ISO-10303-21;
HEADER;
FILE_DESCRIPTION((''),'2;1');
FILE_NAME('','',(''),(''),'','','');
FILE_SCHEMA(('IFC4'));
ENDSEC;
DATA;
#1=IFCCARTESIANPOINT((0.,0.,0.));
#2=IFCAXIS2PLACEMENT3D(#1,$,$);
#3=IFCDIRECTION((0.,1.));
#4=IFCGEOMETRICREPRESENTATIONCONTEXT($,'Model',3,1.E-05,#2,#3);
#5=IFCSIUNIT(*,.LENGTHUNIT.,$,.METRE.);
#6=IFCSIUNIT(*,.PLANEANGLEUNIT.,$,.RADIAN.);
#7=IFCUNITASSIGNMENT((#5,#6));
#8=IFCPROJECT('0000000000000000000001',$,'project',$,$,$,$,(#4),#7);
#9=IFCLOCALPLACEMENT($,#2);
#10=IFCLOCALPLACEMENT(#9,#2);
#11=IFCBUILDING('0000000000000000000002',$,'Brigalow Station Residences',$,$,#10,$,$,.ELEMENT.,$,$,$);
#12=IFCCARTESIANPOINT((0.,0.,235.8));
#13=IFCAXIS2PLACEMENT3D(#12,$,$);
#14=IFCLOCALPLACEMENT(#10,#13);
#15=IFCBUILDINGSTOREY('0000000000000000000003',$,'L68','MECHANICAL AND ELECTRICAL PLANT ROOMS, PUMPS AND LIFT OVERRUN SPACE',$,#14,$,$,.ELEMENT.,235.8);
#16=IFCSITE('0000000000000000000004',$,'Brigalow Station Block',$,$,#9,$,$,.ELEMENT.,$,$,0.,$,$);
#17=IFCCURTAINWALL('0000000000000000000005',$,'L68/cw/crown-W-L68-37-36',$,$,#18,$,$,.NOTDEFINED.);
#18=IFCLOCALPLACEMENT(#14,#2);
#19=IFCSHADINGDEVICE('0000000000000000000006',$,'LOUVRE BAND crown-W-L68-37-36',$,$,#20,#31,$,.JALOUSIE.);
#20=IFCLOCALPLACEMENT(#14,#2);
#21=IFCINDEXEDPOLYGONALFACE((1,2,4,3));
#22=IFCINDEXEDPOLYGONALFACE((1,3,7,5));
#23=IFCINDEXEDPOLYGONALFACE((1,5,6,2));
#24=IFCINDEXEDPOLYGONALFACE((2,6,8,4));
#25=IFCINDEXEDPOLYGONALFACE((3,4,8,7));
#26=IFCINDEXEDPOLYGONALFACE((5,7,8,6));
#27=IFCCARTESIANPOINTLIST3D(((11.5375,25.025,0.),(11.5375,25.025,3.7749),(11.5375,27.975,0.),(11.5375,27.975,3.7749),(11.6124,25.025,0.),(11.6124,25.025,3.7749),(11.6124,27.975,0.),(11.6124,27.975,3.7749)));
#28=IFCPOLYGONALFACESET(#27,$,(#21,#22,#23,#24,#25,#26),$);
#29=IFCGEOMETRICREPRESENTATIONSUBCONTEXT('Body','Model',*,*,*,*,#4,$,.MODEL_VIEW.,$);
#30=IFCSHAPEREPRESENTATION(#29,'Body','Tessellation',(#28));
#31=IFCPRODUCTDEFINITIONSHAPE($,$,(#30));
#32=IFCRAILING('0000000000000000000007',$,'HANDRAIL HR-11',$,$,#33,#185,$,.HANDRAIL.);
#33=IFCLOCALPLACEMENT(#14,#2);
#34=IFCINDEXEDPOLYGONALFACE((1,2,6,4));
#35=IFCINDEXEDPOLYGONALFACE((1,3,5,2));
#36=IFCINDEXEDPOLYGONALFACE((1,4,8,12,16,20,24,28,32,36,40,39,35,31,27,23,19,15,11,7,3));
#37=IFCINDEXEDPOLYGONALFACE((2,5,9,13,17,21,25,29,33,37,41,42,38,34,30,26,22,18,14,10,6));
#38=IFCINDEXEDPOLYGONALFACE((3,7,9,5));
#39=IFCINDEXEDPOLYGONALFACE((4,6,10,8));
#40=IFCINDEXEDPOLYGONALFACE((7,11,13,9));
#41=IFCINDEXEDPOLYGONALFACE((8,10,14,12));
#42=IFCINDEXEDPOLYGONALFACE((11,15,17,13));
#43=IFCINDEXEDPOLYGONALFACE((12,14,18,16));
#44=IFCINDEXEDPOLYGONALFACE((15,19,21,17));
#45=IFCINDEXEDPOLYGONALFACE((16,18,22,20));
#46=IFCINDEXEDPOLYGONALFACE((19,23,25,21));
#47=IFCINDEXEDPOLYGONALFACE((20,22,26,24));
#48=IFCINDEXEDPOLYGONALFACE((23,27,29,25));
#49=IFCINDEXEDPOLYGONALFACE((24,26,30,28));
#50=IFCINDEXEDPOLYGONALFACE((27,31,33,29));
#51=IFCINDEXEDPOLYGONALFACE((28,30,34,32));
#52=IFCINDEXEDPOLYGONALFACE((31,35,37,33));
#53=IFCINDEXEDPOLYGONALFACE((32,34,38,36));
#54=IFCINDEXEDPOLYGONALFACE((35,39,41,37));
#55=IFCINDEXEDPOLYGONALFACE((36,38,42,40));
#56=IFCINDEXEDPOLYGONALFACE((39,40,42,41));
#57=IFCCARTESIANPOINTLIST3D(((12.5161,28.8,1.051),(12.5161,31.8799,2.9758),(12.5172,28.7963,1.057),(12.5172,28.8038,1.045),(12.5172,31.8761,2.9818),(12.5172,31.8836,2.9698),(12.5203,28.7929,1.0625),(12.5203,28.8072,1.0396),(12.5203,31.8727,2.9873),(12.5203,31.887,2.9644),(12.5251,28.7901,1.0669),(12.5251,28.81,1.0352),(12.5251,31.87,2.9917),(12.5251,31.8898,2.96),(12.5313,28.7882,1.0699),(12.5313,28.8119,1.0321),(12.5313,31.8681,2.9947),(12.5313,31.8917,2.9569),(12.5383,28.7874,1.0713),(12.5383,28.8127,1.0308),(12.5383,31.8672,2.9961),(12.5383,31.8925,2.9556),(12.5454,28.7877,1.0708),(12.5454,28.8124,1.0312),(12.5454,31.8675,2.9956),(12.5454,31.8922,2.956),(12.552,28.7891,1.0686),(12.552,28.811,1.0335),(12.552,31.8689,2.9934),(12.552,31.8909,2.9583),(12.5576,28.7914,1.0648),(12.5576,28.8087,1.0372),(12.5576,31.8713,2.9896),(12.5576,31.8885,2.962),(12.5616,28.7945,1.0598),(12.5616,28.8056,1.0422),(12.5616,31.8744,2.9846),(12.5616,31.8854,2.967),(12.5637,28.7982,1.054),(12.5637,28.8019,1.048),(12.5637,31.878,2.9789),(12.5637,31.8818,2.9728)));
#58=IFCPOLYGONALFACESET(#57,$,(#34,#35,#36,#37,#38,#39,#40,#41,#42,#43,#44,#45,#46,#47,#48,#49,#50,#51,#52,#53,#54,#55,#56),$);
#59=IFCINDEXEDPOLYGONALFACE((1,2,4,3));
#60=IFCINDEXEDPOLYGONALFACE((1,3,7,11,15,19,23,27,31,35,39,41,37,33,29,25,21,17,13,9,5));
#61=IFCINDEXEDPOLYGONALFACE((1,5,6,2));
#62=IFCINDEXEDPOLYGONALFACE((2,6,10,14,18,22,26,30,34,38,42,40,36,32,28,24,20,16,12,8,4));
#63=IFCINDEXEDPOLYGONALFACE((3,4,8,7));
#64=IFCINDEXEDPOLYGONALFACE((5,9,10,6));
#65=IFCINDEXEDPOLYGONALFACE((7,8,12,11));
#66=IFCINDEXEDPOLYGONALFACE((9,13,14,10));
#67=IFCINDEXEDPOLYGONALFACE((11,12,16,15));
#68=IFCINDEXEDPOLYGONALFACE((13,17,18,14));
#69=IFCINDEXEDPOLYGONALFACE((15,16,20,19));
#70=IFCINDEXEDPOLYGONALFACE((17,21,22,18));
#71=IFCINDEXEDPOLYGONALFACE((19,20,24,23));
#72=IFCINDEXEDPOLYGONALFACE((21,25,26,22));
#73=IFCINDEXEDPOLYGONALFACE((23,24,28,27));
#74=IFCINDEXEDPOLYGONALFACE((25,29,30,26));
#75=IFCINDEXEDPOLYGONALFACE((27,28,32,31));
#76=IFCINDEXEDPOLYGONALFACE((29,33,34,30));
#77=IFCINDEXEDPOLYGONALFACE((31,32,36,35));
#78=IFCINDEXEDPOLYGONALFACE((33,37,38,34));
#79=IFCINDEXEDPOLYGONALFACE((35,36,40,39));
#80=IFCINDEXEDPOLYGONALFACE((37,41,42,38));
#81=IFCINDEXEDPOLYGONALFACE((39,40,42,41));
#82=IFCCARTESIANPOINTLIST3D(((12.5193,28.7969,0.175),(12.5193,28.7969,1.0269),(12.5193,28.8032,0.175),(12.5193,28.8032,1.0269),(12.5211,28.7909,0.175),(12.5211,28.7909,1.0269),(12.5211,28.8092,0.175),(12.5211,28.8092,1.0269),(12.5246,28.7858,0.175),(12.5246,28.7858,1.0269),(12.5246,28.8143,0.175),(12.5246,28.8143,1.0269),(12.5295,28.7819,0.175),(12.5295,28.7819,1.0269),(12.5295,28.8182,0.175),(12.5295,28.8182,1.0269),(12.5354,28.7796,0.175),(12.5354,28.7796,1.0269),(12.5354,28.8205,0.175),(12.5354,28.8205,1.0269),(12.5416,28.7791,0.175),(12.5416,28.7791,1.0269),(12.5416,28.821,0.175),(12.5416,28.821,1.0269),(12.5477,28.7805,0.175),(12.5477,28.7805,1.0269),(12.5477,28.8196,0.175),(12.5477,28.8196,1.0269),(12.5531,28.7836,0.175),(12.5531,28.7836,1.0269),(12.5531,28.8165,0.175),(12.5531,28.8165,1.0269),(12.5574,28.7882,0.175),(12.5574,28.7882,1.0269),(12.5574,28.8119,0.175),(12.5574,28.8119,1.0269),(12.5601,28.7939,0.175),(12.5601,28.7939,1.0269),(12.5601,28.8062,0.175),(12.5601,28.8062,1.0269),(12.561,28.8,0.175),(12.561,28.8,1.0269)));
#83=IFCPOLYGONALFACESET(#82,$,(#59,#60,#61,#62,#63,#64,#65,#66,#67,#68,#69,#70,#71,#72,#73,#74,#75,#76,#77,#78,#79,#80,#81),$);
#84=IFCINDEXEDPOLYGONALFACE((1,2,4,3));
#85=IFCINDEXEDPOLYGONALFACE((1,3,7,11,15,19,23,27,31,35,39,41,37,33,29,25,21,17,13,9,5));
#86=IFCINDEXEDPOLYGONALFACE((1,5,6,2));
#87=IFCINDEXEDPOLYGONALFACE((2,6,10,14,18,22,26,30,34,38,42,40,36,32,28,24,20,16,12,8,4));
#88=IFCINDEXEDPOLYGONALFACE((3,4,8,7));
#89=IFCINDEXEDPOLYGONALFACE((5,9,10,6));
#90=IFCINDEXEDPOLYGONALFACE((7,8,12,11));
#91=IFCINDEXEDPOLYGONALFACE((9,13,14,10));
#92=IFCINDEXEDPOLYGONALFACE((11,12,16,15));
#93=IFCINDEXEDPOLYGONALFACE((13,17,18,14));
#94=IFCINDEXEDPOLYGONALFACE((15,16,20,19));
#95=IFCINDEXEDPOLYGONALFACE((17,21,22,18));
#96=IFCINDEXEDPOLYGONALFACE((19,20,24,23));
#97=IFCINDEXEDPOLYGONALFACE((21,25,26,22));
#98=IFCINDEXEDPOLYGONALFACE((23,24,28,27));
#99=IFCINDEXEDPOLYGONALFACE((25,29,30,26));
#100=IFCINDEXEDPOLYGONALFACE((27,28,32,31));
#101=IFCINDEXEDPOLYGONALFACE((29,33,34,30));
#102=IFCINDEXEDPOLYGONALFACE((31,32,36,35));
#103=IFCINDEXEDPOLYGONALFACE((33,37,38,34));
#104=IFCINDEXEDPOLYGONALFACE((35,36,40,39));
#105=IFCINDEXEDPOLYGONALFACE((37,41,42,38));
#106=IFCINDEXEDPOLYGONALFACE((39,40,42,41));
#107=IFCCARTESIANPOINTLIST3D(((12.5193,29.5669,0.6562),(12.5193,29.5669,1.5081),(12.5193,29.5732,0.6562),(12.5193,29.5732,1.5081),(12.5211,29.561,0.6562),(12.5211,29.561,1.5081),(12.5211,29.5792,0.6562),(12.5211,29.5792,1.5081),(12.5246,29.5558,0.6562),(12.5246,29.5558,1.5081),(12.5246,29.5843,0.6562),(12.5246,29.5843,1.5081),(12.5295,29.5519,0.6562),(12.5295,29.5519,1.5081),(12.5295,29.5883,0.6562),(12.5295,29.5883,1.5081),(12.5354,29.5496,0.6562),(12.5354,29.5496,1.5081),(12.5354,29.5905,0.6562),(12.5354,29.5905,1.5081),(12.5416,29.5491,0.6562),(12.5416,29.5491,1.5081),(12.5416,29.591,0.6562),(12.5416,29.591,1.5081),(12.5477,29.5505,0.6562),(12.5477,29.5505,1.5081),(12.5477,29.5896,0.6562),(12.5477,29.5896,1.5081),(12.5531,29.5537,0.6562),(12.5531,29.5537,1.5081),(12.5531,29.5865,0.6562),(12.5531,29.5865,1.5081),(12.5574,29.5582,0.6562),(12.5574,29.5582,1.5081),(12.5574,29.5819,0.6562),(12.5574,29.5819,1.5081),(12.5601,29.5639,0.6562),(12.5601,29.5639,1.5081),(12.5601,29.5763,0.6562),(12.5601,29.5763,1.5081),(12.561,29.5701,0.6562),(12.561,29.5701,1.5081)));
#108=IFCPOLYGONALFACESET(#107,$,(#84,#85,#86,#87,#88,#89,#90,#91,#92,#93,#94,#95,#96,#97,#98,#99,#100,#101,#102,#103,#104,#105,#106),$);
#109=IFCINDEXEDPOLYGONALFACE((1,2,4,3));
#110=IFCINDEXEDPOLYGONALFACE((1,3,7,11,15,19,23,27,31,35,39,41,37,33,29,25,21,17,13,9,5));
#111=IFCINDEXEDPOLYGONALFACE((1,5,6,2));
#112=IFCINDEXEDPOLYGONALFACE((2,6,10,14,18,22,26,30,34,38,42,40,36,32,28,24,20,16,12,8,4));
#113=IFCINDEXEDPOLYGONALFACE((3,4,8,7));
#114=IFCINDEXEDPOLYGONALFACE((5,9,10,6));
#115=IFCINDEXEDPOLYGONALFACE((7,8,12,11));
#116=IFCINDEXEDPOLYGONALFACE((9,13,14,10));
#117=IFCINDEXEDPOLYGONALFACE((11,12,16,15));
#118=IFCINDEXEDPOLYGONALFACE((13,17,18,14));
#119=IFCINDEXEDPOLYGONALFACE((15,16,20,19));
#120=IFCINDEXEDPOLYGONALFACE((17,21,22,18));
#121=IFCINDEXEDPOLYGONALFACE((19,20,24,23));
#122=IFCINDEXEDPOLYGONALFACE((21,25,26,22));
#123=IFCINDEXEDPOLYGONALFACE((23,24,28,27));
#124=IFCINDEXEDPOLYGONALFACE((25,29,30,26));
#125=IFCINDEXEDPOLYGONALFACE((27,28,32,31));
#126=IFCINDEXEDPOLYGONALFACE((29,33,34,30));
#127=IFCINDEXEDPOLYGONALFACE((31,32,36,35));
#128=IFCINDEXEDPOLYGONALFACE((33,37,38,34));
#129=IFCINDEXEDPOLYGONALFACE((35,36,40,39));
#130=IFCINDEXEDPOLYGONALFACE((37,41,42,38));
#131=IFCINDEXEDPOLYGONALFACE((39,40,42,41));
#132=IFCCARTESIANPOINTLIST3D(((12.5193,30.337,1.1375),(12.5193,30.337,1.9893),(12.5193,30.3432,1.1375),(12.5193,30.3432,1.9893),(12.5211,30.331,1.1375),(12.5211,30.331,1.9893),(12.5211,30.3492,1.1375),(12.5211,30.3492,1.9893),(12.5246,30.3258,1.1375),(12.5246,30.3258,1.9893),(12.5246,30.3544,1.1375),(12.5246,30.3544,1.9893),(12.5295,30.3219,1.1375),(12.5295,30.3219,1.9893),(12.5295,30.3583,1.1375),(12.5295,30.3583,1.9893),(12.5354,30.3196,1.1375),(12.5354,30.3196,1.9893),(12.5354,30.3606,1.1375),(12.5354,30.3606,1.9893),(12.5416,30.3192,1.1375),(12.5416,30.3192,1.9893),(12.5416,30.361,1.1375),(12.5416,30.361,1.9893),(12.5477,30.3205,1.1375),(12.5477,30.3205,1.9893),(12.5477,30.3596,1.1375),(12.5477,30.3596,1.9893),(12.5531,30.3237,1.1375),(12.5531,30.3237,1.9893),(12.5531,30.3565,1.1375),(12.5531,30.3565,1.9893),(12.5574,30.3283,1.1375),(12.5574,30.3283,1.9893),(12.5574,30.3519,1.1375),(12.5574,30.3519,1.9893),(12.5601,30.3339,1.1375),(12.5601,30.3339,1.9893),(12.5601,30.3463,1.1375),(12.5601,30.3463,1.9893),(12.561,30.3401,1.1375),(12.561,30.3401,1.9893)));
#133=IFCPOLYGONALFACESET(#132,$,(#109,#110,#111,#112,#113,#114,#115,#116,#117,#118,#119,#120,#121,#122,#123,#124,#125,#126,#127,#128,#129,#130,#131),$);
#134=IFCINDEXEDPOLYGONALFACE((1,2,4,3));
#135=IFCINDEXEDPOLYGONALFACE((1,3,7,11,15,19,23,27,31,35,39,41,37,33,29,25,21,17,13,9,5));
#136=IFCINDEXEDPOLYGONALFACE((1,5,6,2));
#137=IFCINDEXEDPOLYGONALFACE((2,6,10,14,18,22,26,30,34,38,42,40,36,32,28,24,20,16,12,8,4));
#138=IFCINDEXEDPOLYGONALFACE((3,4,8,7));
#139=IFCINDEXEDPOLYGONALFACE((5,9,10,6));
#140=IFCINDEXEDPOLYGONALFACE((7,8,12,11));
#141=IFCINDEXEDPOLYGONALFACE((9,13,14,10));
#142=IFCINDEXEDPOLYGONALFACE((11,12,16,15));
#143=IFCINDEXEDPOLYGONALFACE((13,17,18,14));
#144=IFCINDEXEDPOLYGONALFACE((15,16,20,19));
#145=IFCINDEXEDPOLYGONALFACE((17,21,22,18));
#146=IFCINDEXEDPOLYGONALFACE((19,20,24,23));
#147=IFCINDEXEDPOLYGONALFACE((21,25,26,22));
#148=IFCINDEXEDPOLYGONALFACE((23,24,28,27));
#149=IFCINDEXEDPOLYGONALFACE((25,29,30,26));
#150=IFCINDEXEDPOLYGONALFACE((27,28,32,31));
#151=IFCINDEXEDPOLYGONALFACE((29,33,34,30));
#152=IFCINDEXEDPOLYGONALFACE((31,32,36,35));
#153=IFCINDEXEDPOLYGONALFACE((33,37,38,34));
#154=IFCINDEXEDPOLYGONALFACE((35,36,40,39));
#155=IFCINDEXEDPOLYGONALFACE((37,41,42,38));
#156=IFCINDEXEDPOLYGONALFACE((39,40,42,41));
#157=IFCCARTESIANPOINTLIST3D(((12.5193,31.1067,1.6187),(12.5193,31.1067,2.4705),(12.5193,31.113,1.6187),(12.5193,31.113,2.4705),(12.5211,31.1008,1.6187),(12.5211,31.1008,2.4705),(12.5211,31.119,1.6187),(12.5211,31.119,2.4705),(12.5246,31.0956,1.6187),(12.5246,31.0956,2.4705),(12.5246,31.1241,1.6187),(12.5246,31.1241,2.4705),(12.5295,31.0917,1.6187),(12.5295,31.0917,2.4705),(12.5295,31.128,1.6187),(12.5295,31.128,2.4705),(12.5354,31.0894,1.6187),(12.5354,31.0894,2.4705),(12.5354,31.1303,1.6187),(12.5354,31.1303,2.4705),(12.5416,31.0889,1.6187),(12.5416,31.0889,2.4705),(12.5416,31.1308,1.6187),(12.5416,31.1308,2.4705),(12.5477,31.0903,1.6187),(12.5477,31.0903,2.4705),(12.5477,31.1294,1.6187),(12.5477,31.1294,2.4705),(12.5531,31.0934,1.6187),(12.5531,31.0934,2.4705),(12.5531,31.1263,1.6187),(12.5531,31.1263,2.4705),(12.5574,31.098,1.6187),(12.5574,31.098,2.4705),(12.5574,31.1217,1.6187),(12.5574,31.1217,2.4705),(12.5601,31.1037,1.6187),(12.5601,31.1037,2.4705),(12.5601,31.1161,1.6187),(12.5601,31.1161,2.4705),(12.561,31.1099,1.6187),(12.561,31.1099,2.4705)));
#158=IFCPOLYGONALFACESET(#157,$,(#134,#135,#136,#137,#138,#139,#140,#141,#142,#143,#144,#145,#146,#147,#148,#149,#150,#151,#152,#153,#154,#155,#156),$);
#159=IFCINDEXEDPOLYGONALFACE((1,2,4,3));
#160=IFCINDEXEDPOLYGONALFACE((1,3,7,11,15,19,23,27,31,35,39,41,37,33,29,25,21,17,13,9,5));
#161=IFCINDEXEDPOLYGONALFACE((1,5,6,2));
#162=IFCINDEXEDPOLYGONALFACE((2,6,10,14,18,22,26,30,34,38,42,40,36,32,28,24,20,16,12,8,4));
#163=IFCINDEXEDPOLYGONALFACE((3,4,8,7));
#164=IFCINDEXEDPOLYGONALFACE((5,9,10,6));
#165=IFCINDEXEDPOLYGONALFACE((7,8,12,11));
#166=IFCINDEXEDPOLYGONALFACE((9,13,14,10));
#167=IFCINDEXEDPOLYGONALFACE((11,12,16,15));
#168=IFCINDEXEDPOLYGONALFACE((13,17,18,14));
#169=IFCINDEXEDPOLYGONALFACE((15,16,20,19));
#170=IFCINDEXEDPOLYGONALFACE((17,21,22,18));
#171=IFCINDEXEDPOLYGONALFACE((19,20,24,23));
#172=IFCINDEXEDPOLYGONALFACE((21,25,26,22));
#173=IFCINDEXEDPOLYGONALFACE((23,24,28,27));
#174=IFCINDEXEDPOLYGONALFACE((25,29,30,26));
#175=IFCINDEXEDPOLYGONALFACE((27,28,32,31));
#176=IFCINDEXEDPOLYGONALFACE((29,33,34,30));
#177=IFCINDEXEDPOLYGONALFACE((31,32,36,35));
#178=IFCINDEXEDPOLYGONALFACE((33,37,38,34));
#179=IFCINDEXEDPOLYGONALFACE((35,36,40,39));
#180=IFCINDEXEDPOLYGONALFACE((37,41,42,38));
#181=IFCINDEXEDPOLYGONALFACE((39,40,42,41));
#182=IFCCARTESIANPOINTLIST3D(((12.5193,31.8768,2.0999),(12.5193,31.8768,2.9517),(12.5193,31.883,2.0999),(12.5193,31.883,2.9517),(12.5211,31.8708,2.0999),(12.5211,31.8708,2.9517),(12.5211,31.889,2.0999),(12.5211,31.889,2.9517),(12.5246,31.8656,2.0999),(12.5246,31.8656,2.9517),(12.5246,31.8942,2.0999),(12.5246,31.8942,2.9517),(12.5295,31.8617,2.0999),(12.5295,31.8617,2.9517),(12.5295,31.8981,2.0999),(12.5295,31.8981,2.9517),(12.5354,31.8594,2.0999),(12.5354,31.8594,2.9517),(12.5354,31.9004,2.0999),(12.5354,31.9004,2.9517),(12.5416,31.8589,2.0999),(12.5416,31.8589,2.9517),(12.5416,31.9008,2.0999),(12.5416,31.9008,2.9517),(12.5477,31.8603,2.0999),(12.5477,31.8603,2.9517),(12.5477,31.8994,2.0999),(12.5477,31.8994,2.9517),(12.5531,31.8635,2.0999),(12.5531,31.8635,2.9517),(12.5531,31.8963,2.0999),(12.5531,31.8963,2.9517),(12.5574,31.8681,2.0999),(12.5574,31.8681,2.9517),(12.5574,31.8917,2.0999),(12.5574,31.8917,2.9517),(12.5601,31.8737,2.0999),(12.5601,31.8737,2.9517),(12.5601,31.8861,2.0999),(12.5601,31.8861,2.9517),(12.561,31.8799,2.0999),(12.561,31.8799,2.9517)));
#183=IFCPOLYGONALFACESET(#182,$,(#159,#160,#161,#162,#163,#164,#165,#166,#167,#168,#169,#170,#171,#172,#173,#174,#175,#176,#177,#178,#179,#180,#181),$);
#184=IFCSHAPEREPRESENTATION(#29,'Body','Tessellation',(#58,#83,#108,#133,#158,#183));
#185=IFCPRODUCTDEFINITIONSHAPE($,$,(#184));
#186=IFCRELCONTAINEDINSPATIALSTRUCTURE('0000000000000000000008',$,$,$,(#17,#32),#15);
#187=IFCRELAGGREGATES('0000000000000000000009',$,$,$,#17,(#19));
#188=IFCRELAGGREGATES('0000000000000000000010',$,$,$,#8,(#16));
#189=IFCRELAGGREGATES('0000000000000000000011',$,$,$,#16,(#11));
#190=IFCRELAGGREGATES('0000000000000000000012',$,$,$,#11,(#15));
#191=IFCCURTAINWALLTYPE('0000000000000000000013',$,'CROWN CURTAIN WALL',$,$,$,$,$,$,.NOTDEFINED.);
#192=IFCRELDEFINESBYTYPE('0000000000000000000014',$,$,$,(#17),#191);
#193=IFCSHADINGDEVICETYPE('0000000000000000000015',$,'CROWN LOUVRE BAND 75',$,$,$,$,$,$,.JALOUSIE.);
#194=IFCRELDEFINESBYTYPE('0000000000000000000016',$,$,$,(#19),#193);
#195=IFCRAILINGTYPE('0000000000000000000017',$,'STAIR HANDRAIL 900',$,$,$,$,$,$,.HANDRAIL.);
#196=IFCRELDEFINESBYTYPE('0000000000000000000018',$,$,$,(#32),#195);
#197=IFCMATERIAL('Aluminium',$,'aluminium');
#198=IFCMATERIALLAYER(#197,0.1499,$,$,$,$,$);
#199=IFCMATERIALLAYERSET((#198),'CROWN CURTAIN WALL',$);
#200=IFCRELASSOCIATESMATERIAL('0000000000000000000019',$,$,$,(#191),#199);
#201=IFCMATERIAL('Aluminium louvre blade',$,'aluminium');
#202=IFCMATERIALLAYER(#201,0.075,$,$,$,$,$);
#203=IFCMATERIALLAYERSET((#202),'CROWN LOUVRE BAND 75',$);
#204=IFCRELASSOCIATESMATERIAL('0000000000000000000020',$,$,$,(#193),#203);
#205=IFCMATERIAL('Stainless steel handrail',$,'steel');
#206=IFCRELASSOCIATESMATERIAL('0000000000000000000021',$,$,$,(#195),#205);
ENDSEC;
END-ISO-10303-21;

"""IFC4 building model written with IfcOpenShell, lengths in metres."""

from ifc_helpers import new_model, si_unit, direction, frame, origin, origin_2d, place, context, subcontext, project, spatial, rectangle, circle, extrude, material, layer, layer_set, type_object, element, aggregate, save


model = new_model("IFC4")

# Units and contexts
model_context = context("Model", 3, precision=1e-05, world=origin(), true_north=direction((0.0, 1.0)))
body_context = subcontext(model_context, "Body", "Model", "MODEL_VIEW")
ifc_project = project(units=[si_unit("LENGTHUNIT", "METRE"), si_unit("PLANEANGLEUNIT", "RADIAN")], contexts=[model_context])

# Site, building, storey
site_placement = place(None, origin())
site = spatial("IfcSite", under=ifc_project, at=site_placement, Name="Brigalow Station Block", CompositionType="ELEMENT", RefElevation=0.0)
building_placement = place(site_placement, origin())
building = spatial("IfcBuilding", under=site, at=building_placement, Name="Brigalow Station Residences", CompositionType="ELEMENT")
storey_placement = place(building_placement, frame((0.0, 0.0, 235.8)))
storey = spatial("IfcBuildingStorey", under=building, at=storey_placement, Name="L68", Description="MECHANICAL AND ELECTRICAL PLANT ROOMS, PUMPS AND LIFT OVERRUN SPACE", CompositionType="ELEMENT", Elevation=235.8)

# Shared definitions
ifc_material_1 = material(Name="Aluminium", Category="aluminium")
ifc_layer_1 = layer(ifc_material_1, 0.1499)
ifc_layer_set_1 = layer_set([ifc_layer_1], Name="CROWN CURTAIN WALL")
curtain_wall_type = type_object("IfcCurtainWallType", Name="CROWN CURTAIN WALL", PredefinedType="NOTDEFINED", material=ifc_layer_set_1)

# Curtain wall
curtain_wall_1_placement = place(storey_placement, origin())
curtain_wall_1 = element("IfcCurtainWall", 1, at=curtain_wall_1_placement, inside=storey, type_object=curtain_wall_type, Name="L68/cw/crown-W-L68-37-36", PredefinedType="NOTDEFINED")

# Shading device
ifc_material_2 = material(Name="Aluminium louvre blade", Category="aluminium")
ifc_layer_2 = layer(ifc_material_2, 0.075)
ifc_layer_set_2 = layer_set([ifc_layer_2], Name="CROWN LOUVRE BAND 75")
shading_device_type = type_object("IfcShadingDeviceType", Name="CROWN LOUVRE BAND 75", PredefinedType="JALOUSIE", material=ifc_layer_set_2)
shading_device_1_placement = place(storey_placement, frame((11.575, 26.5, 0.0), z_axis=(0.0, 0.0, 1.0), x_axis=(0.0, -1.0, 0.0)))
shading_device_1 = element("IfcShadingDevice", 2, at=shading_device_1_placement, type_object=shading_device_type, Name="LOUVRE BAND crown-W-L68-37-36", PredefinedType="JALOUSIE", context=body_context, shape_type="SweptSolid", body=[
    extrude(rectangle(XDim=2.95, YDim=0.075, at=origin_2d()), origin(), (0.0, 0.0, 1.0), 3.7749),
])
aggregate(curtain_wall_1, [shading_device_1])

# Railing
ifc_material_3 = material(Name="Stainless steel handrail", Category="steel")
railing_type_1 = type_object("IfcRailingType", Name="STAIR HANDRAIL 900", PredefinedType="HANDRAIL", material=ifc_material_3)
railing_1_placement = place(storey_placement, frame((12.54, 28.8, 0.175)))
element("IfcRailing", 3, at=railing_1_placement, inside=storey, type_object=railing_type_1, Name="HANDRAIL HR-11", PredefinedType="HANDRAIL", context=body_context, shape_type="SweptSolid", body=[
    extrude(circle(Radius=0.0239, at=origin_2d()), frame((0.0, 0.0, 0.876), z_axis=(0.0, 0.84801, 0.529981), x_axis=(-1.0, 0.0, 0.0)), (0.0, 0.0, 1.0), 3.6318),
    extrude(circle(Radius=0.021, at=origin_2d()), origin(), (0.0, 0.0, 1.0), 0.8518),
    extrude(circle(Radius=0.021, at=origin_2d()), frame((0.0, 0.77, 0.4812)), (0.0, 0.0, 1.0), 0.8518),
    extrude(circle(Radius=0.021, at=origin_2d()), frame((0.0, 1.54, 0.9624)), (0.0, 0.0, 1.0), 0.8518),
    extrude(circle(Radius=0.021, at=origin_2d()), frame((0.0, 2.3098, 1.4436)), (0.0, 0.0, 1.0), 0.8518),
    extrude(circle(Radius=0.021, at=origin_2d()), frame((0.0, 3.0798, 1.9248)), (0.0, 0.0, 1.0), 0.8518),
])

save(model, "model.ifc")
